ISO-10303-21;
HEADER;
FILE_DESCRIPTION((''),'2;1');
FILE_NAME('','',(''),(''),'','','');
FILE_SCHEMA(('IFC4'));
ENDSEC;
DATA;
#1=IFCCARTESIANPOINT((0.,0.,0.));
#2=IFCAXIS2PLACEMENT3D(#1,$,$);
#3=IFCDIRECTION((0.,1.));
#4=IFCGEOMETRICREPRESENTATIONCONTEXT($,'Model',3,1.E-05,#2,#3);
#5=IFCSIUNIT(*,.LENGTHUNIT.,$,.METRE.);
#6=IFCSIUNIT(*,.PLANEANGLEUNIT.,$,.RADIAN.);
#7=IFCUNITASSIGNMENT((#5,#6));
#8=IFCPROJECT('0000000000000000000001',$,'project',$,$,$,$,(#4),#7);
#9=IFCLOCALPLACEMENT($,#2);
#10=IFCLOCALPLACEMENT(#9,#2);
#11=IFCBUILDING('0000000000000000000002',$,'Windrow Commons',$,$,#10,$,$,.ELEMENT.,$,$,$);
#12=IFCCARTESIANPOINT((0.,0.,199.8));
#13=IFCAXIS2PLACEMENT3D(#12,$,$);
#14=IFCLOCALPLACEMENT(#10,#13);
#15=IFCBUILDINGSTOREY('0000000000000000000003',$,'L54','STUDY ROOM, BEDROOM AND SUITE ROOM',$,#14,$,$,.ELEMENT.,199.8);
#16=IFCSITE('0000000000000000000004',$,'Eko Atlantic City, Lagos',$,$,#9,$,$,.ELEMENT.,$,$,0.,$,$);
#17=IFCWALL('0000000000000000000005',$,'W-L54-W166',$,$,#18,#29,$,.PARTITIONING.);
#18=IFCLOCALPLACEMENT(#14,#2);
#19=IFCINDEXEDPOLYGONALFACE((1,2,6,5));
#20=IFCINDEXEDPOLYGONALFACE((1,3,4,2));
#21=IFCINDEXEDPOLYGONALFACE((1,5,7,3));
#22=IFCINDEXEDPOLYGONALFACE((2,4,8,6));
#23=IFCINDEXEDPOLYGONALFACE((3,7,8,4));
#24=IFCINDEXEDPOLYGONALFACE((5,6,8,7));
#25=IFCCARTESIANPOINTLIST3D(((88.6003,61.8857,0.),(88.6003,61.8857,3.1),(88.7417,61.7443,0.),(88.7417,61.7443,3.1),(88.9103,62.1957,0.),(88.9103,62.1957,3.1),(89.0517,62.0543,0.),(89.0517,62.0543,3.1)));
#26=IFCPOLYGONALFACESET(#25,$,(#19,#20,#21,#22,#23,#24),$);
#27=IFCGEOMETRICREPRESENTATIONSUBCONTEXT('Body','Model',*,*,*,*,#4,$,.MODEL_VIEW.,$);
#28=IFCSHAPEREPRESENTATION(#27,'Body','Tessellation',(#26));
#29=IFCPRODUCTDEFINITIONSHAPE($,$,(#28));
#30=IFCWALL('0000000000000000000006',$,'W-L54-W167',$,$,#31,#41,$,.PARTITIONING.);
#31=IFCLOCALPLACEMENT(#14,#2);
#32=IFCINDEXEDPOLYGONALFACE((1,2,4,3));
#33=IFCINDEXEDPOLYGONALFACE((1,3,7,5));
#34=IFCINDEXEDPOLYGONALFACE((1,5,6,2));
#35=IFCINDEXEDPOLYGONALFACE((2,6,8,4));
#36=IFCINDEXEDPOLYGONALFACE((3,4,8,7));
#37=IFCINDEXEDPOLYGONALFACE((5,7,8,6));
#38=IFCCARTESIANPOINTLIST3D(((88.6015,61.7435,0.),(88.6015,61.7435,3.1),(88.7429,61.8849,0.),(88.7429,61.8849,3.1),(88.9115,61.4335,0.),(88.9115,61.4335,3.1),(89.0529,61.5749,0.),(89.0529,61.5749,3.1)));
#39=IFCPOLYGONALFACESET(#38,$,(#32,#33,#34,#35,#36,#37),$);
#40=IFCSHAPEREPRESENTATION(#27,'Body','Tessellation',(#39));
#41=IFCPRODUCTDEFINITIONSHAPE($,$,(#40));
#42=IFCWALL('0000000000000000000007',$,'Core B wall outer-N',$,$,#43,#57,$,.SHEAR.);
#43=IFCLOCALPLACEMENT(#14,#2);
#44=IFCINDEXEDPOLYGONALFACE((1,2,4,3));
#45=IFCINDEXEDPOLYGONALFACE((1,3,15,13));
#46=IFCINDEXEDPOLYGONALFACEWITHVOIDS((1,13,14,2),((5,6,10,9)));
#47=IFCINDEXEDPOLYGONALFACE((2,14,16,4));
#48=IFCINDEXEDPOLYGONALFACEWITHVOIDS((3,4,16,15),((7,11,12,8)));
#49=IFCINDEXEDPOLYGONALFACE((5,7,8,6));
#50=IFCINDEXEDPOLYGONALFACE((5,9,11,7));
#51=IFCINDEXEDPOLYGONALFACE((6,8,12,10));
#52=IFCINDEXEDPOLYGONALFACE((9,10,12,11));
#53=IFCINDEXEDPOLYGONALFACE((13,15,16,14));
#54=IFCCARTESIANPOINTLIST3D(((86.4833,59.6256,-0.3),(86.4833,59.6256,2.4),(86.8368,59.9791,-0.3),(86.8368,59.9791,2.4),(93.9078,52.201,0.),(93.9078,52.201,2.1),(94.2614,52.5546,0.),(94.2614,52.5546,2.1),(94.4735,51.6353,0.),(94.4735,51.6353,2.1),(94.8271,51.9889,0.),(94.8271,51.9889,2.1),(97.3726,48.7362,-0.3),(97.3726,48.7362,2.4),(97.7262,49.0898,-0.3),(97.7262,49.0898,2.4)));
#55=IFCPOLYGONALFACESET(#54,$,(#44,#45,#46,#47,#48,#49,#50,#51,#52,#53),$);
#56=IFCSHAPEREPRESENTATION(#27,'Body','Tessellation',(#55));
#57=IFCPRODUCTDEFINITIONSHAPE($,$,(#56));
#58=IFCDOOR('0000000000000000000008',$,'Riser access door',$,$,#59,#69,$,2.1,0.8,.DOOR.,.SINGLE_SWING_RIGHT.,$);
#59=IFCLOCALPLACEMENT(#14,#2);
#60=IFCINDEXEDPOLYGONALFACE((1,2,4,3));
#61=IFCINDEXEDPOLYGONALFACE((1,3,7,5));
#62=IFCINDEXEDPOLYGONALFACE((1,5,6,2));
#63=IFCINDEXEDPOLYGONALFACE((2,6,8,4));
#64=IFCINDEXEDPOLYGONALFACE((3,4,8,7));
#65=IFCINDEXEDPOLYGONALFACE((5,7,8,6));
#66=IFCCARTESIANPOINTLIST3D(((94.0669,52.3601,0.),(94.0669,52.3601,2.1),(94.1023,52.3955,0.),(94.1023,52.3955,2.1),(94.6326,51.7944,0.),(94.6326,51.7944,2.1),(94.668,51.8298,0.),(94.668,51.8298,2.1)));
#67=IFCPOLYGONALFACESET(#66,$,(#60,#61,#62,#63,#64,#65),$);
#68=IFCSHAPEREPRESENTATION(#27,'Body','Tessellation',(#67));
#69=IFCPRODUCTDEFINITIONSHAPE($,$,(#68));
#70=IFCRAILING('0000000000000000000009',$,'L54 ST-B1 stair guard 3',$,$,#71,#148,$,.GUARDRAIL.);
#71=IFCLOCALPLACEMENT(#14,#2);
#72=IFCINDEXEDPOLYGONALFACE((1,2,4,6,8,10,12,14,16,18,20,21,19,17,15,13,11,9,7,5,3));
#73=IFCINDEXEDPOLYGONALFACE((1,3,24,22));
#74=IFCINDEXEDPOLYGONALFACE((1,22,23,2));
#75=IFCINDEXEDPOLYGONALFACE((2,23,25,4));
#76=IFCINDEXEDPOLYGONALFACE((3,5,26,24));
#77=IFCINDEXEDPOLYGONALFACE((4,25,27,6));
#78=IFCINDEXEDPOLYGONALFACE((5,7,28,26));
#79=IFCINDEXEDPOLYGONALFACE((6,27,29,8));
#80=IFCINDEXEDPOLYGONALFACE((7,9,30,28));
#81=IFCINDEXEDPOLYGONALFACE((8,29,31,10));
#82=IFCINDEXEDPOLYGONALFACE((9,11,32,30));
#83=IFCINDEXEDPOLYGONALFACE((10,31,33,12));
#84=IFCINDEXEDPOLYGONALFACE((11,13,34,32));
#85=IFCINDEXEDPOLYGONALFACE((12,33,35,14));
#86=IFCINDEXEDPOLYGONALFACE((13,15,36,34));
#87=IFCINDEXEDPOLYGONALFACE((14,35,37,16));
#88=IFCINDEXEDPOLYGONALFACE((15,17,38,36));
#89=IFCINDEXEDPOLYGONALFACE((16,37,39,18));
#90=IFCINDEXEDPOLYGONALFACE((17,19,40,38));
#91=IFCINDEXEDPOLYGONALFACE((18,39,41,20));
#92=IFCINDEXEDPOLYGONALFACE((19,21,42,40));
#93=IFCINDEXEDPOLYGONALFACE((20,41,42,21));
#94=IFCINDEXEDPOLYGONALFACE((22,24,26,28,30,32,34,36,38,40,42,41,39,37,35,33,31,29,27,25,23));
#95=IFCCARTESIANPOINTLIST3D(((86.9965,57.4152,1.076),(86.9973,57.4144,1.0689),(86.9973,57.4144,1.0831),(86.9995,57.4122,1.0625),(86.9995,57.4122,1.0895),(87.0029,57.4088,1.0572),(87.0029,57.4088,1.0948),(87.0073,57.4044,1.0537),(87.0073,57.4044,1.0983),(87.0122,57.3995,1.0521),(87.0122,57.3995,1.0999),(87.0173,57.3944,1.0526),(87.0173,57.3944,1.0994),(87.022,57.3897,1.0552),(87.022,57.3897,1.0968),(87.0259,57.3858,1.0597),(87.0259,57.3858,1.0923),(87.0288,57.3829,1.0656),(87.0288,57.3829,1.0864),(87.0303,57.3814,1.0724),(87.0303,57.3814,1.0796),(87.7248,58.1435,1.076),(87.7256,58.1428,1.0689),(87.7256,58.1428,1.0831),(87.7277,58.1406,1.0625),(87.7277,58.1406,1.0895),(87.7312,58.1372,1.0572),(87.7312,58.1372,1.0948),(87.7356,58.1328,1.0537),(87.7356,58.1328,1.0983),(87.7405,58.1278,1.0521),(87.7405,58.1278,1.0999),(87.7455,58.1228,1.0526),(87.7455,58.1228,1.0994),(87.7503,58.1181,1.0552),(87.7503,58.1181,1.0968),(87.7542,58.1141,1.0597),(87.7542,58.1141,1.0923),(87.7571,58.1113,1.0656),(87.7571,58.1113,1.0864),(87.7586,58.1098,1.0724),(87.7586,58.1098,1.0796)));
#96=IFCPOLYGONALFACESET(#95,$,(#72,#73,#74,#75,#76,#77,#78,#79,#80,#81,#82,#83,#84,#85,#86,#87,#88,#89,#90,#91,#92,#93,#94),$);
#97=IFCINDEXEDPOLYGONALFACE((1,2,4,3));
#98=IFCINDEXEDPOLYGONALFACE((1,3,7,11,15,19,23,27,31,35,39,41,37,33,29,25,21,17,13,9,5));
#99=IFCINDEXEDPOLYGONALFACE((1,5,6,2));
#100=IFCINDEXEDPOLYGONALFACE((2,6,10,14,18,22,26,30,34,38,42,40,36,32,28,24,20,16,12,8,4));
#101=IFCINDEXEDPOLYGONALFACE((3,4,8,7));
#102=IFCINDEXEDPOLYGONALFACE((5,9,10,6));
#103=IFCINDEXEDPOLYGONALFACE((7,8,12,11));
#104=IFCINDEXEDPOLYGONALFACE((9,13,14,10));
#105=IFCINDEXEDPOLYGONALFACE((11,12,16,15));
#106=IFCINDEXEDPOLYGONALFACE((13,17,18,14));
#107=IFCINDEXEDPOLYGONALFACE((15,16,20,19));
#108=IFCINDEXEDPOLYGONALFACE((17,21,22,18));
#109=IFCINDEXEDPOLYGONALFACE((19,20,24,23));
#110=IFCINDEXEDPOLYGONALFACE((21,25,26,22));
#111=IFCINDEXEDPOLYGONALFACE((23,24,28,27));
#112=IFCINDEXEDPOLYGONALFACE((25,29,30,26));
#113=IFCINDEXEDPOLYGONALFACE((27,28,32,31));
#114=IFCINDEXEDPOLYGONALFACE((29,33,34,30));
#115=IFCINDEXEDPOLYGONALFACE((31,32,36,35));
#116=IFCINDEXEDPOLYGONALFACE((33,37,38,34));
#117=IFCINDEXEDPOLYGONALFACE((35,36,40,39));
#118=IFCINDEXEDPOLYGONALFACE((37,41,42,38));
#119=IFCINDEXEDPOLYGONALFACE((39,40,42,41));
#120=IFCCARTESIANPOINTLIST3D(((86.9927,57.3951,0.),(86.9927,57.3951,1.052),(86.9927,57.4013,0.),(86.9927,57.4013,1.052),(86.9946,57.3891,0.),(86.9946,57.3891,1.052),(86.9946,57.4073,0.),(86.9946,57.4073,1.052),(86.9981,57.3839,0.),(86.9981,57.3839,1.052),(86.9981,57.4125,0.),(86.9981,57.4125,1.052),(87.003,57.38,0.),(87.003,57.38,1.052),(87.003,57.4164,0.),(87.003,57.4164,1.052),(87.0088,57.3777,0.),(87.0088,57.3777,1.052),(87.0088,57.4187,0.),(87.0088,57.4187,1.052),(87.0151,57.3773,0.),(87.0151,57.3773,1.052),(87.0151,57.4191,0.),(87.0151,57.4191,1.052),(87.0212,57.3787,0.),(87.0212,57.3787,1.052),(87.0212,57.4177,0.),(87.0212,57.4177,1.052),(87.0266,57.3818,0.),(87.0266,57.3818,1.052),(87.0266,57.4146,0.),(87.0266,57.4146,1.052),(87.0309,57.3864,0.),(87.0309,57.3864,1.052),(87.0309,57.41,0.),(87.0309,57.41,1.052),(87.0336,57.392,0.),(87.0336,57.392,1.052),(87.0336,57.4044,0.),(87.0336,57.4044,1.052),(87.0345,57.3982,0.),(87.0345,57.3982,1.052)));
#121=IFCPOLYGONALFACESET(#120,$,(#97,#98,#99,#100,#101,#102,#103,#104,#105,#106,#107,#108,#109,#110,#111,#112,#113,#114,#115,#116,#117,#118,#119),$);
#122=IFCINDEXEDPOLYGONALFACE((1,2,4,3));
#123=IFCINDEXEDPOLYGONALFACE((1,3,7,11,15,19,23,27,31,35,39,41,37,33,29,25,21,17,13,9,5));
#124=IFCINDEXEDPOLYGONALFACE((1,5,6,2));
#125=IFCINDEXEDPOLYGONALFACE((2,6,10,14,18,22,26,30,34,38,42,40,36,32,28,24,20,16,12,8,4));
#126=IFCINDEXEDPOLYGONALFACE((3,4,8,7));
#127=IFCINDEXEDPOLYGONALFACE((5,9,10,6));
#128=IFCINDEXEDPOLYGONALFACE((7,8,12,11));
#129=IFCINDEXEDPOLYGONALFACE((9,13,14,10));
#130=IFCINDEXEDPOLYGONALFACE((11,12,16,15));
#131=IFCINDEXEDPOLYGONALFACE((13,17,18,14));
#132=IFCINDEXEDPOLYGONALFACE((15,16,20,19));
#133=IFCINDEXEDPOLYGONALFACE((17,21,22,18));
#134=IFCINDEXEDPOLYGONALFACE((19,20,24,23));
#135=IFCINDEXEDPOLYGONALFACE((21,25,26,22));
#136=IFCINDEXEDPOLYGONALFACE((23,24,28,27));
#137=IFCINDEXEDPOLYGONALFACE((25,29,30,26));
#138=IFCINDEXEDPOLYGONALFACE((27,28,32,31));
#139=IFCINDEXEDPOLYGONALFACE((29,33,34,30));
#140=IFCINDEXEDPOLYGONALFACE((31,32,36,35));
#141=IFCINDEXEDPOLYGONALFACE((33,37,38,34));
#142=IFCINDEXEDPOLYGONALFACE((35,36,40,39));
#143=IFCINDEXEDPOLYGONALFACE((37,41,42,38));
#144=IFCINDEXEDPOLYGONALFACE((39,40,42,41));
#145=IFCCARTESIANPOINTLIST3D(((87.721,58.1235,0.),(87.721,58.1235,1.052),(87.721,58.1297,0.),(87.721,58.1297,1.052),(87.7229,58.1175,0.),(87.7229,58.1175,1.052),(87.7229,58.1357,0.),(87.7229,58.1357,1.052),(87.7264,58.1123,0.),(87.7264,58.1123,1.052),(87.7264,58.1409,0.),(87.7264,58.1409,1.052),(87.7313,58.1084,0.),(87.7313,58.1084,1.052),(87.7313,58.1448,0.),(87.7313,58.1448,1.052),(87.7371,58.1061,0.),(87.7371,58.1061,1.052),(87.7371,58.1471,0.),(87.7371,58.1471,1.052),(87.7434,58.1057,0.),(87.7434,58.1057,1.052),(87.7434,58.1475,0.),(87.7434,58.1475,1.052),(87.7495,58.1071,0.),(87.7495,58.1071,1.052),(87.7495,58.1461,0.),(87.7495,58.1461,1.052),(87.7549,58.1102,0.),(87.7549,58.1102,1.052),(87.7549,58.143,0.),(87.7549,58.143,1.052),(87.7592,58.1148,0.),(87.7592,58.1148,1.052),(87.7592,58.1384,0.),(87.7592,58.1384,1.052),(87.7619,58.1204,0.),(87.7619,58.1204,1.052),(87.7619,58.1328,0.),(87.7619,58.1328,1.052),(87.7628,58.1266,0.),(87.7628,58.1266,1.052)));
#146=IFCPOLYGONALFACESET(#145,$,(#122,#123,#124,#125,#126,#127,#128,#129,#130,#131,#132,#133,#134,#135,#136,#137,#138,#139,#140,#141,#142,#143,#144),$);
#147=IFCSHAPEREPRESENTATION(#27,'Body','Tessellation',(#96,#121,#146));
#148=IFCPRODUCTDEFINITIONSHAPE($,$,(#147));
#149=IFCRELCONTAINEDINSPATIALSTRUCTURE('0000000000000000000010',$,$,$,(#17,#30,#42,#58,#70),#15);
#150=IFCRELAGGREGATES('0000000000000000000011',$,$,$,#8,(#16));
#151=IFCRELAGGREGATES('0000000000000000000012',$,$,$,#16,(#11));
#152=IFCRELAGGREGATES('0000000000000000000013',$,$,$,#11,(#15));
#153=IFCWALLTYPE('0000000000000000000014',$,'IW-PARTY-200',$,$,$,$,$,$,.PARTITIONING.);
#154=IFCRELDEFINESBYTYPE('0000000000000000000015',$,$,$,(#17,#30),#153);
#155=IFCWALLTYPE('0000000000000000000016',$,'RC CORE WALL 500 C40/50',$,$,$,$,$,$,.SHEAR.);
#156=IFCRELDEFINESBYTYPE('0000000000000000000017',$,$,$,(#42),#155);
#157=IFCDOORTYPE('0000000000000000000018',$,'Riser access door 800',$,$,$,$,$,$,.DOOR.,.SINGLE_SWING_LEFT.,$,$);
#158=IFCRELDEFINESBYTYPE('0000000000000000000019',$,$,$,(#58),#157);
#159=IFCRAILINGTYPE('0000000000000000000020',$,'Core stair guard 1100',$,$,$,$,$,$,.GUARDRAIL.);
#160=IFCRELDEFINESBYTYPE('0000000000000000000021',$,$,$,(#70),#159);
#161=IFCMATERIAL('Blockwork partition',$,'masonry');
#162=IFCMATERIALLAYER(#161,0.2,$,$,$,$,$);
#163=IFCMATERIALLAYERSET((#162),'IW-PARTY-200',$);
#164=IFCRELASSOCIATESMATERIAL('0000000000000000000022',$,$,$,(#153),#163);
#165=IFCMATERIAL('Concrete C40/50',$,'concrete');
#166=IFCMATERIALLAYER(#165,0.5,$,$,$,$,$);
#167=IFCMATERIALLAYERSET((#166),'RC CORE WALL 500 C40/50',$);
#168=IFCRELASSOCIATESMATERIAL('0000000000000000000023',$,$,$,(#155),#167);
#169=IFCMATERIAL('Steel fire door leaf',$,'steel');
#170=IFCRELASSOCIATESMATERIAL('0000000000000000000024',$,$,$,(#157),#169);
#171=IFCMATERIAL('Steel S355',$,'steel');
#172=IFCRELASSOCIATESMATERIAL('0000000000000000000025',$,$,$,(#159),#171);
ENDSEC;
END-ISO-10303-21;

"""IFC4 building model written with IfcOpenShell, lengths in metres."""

from ifc_helpers import new_model, si_unit, direction, frame, frame_2d, origin, origin_2d, place, context, subcontext, project, spatial, rectangle, circle, extrude, material, layer, layer_set, type_object, element, fill, save


model = new_model("IFC4")

# Units and contexts
model_context = context("Model", 3, precision=1e-05, world=origin(), true_north=direction((0.0, 1.0)))
body_context = subcontext(model_context, "Body", "Model", "MODEL_VIEW")
ifc_project = project(units=[si_unit("LENGTHUNIT", "METRE"), si_unit("PLANEANGLEUNIT", "RADIAN")], contexts=[model_context])

# Site, building, storey
site_placement = place(None, origin())
site = spatial("IfcSite", under=ifc_project, at=site_placement, Name="Eko Atlantic City, Lagos", CompositionType="ELEMENT", RefElevation=0.0)
building_placement = place(site_placement, origin())
building = spatial("IfcBuilding", under=site, at=building_placement, Name="Windrow Commons", CompositionType="ELEMENT")
storey_placement = place(building_placement, frame((0.0, 0.0, 199.8)))
storey = spatial("IfcBuildingStorey", under=building, at=storey_placement, Name="L54", Description="STUDY ROOM, BEDROOM AND SUITE ROOM", CompositionType="ELEMENT", Elevation=199.8)

# Walls
ifc_material_1 = material(Name="Blockwork partition", Category="masonry")
ifc_layer_1 = layer(ifc_material_1, 0.2)
ifc_layer_set_1 = layer_set([ifc_layer_1], Name="IW-PARTY-200")
wall_type_1 = type_object("IfcWallType", Name="IW-PARTY-200", PredefinedType="PARTITIONING", material=ifc_layer_set_1)
for number, where, z_axis, x_axis, name in (
    (1, (88.671, 61.815, 0.0), (0.0, 0.0, 1.0), (0.707107, 0.707107, 0.0), "W-L54-W166"),
    (2, (88.6722, 61.8142, 0.0), (0.0, 0.0, 1.0), (0.707107, -0.707107, 0.0), "W-L54-W167"),
):
    element("IfcWall", number, at=place(storey_placement, frame(where, z_axis=z_axis, x_axis=x_axis)), inside=storey, type_object=wall_type_1, Name=name, PredefinedType="PARTITIONING", context=body_context, shape_type="SweptSolid", body=[
        extrude(rectangle(XDim=0.4384, YDim=0.2, at=frame_2d((0.2192, 0.0))), origin(), (0.0, 0.0, 1.0), 3.1),
    ])

# Wall, opening, door
ifc_material_2 = material(Name="Concrete C40/50", Category="concrete")
ifc_layer_2 = layer(ifc_material_2, 0.5)
ifc_layer_set_2 = layer_set([ifc_layer_2], Name="RC CORE WALL 500 C40/50")
wall_type_2 = type_object("IfcWallType", Name="RC CORE WALL 500 C40/50", PredefinedType="SHEAR", material=ifc_layer_set_2)
wall_1_placement = place(storey_placement, frame((86.66, 59.8024, -0.3), z_axis=(0.0, 0.0, 1.0), x_axis=(0.707107, -0.707107, 0.0)))
wall_1 = element("IfcWall", 3, at=wall_1_placement, inside=storey, type_object=wall_type_2, Name="Core B wall outer-N", PredefinedType="SHEAR", context=body_context, shape_type="SweptSolid", body=[
    extrude(rectangle(XDim=15.3999, YDim=0.5, at=frame_2d((7.7, 0.0))), origin(), (0.0, 0.0, 1.0), 2.7),
])
opening_1_placement = place(wall_1_placement, frame((10.5, 0.0, 0.3)))
opening_1 = element("IfcOpeningElement", 4, at=opening_1_placement, cuts=wall_1, PredefinedType="OPENING", context=body_context, shape_type="SweptSolid", body=[
    extrude(rectangle(XDim=0.8, YDim=2.1, at=frame_2d((0.4, 1.05))), frame((0.0, 0.26, 0.0), z_axis=(0.0, -1.0, 0.0), x_axis=(1.0, 0.0, 0.0)), (0.0, 0.0, 1.0), 0.52),
])
ifc_material_3 = material(Name="Steel fire door leaf", Category="steel")
door_type = type_object("IfcDoorType", Name="Riser access door 800", OperationType="SINGLE_SWING_LEFT", PredefinedType="DOOR", material=ifc_material_3)
door_placement = place(opening_1_placement, origin())
door = element("IfcDoor", 5, at=door_placement, inside=storey, type_object=door_type, Name="Riser access door", OperationType="SINGLE_SWING_RIGHT", OverallHeight=2.1, OverallWidth=0.8, PredefinedType="DOOR", context=body_context, shape_type="SweptSolid", body=[
    extrude(rectangle(XDim=0.8, YDim=2.1, at=frame_2d((0.4, 1.05))), frame((0.0, 0.025, 0.0), z_axis=(0.0, -1.0, 0.0), x_axis=(1.0, 0.0, 0.0)), (0.0, 0.0, 1.0), 0.05),
])
fill(opening_1, door)

# Railing
ifc_material_4 = material(Name="Steel S355", Category="steel")
railing_type = type_object("IfcRailingType", Name="Core stair guard 1100", PredefinedType="GUARDRAIL", material=ifc_material_4)
railing_placement = place(storey_placement, frame((87.0135, 57.3982, 0.0)))
element("IfcRailing", 6, at=railing_placement, inside=storey, type_object=railing_type, Name="L54 ST-B1 stair guard 3", PredefinedType="GUARDRAIL", context=body_context, shape_type="SweptSolid", body=[
    extrude(circle(Radius=0.024, at=origin_2d()), frame((0.0, 0.0, 1.076), z_axis=(0.707058, 0.707155, 0.0), x_axis=(-0.707155, 0.707058, 0.0)), (0.0, 0.0, 1.0), 1.03),
    extrude(circle(Radius=0.021, at=origin_2d()), origin(), (0.0, 0.0, 1.0), 1.052),
    extrude(circle(Radius=0.021, at=origin_2d()), frame((0.7283, 0.7284, 0.0)), (0.0, 0.0, 1.0), 1.052),
])

save(model, "model.ifc")
